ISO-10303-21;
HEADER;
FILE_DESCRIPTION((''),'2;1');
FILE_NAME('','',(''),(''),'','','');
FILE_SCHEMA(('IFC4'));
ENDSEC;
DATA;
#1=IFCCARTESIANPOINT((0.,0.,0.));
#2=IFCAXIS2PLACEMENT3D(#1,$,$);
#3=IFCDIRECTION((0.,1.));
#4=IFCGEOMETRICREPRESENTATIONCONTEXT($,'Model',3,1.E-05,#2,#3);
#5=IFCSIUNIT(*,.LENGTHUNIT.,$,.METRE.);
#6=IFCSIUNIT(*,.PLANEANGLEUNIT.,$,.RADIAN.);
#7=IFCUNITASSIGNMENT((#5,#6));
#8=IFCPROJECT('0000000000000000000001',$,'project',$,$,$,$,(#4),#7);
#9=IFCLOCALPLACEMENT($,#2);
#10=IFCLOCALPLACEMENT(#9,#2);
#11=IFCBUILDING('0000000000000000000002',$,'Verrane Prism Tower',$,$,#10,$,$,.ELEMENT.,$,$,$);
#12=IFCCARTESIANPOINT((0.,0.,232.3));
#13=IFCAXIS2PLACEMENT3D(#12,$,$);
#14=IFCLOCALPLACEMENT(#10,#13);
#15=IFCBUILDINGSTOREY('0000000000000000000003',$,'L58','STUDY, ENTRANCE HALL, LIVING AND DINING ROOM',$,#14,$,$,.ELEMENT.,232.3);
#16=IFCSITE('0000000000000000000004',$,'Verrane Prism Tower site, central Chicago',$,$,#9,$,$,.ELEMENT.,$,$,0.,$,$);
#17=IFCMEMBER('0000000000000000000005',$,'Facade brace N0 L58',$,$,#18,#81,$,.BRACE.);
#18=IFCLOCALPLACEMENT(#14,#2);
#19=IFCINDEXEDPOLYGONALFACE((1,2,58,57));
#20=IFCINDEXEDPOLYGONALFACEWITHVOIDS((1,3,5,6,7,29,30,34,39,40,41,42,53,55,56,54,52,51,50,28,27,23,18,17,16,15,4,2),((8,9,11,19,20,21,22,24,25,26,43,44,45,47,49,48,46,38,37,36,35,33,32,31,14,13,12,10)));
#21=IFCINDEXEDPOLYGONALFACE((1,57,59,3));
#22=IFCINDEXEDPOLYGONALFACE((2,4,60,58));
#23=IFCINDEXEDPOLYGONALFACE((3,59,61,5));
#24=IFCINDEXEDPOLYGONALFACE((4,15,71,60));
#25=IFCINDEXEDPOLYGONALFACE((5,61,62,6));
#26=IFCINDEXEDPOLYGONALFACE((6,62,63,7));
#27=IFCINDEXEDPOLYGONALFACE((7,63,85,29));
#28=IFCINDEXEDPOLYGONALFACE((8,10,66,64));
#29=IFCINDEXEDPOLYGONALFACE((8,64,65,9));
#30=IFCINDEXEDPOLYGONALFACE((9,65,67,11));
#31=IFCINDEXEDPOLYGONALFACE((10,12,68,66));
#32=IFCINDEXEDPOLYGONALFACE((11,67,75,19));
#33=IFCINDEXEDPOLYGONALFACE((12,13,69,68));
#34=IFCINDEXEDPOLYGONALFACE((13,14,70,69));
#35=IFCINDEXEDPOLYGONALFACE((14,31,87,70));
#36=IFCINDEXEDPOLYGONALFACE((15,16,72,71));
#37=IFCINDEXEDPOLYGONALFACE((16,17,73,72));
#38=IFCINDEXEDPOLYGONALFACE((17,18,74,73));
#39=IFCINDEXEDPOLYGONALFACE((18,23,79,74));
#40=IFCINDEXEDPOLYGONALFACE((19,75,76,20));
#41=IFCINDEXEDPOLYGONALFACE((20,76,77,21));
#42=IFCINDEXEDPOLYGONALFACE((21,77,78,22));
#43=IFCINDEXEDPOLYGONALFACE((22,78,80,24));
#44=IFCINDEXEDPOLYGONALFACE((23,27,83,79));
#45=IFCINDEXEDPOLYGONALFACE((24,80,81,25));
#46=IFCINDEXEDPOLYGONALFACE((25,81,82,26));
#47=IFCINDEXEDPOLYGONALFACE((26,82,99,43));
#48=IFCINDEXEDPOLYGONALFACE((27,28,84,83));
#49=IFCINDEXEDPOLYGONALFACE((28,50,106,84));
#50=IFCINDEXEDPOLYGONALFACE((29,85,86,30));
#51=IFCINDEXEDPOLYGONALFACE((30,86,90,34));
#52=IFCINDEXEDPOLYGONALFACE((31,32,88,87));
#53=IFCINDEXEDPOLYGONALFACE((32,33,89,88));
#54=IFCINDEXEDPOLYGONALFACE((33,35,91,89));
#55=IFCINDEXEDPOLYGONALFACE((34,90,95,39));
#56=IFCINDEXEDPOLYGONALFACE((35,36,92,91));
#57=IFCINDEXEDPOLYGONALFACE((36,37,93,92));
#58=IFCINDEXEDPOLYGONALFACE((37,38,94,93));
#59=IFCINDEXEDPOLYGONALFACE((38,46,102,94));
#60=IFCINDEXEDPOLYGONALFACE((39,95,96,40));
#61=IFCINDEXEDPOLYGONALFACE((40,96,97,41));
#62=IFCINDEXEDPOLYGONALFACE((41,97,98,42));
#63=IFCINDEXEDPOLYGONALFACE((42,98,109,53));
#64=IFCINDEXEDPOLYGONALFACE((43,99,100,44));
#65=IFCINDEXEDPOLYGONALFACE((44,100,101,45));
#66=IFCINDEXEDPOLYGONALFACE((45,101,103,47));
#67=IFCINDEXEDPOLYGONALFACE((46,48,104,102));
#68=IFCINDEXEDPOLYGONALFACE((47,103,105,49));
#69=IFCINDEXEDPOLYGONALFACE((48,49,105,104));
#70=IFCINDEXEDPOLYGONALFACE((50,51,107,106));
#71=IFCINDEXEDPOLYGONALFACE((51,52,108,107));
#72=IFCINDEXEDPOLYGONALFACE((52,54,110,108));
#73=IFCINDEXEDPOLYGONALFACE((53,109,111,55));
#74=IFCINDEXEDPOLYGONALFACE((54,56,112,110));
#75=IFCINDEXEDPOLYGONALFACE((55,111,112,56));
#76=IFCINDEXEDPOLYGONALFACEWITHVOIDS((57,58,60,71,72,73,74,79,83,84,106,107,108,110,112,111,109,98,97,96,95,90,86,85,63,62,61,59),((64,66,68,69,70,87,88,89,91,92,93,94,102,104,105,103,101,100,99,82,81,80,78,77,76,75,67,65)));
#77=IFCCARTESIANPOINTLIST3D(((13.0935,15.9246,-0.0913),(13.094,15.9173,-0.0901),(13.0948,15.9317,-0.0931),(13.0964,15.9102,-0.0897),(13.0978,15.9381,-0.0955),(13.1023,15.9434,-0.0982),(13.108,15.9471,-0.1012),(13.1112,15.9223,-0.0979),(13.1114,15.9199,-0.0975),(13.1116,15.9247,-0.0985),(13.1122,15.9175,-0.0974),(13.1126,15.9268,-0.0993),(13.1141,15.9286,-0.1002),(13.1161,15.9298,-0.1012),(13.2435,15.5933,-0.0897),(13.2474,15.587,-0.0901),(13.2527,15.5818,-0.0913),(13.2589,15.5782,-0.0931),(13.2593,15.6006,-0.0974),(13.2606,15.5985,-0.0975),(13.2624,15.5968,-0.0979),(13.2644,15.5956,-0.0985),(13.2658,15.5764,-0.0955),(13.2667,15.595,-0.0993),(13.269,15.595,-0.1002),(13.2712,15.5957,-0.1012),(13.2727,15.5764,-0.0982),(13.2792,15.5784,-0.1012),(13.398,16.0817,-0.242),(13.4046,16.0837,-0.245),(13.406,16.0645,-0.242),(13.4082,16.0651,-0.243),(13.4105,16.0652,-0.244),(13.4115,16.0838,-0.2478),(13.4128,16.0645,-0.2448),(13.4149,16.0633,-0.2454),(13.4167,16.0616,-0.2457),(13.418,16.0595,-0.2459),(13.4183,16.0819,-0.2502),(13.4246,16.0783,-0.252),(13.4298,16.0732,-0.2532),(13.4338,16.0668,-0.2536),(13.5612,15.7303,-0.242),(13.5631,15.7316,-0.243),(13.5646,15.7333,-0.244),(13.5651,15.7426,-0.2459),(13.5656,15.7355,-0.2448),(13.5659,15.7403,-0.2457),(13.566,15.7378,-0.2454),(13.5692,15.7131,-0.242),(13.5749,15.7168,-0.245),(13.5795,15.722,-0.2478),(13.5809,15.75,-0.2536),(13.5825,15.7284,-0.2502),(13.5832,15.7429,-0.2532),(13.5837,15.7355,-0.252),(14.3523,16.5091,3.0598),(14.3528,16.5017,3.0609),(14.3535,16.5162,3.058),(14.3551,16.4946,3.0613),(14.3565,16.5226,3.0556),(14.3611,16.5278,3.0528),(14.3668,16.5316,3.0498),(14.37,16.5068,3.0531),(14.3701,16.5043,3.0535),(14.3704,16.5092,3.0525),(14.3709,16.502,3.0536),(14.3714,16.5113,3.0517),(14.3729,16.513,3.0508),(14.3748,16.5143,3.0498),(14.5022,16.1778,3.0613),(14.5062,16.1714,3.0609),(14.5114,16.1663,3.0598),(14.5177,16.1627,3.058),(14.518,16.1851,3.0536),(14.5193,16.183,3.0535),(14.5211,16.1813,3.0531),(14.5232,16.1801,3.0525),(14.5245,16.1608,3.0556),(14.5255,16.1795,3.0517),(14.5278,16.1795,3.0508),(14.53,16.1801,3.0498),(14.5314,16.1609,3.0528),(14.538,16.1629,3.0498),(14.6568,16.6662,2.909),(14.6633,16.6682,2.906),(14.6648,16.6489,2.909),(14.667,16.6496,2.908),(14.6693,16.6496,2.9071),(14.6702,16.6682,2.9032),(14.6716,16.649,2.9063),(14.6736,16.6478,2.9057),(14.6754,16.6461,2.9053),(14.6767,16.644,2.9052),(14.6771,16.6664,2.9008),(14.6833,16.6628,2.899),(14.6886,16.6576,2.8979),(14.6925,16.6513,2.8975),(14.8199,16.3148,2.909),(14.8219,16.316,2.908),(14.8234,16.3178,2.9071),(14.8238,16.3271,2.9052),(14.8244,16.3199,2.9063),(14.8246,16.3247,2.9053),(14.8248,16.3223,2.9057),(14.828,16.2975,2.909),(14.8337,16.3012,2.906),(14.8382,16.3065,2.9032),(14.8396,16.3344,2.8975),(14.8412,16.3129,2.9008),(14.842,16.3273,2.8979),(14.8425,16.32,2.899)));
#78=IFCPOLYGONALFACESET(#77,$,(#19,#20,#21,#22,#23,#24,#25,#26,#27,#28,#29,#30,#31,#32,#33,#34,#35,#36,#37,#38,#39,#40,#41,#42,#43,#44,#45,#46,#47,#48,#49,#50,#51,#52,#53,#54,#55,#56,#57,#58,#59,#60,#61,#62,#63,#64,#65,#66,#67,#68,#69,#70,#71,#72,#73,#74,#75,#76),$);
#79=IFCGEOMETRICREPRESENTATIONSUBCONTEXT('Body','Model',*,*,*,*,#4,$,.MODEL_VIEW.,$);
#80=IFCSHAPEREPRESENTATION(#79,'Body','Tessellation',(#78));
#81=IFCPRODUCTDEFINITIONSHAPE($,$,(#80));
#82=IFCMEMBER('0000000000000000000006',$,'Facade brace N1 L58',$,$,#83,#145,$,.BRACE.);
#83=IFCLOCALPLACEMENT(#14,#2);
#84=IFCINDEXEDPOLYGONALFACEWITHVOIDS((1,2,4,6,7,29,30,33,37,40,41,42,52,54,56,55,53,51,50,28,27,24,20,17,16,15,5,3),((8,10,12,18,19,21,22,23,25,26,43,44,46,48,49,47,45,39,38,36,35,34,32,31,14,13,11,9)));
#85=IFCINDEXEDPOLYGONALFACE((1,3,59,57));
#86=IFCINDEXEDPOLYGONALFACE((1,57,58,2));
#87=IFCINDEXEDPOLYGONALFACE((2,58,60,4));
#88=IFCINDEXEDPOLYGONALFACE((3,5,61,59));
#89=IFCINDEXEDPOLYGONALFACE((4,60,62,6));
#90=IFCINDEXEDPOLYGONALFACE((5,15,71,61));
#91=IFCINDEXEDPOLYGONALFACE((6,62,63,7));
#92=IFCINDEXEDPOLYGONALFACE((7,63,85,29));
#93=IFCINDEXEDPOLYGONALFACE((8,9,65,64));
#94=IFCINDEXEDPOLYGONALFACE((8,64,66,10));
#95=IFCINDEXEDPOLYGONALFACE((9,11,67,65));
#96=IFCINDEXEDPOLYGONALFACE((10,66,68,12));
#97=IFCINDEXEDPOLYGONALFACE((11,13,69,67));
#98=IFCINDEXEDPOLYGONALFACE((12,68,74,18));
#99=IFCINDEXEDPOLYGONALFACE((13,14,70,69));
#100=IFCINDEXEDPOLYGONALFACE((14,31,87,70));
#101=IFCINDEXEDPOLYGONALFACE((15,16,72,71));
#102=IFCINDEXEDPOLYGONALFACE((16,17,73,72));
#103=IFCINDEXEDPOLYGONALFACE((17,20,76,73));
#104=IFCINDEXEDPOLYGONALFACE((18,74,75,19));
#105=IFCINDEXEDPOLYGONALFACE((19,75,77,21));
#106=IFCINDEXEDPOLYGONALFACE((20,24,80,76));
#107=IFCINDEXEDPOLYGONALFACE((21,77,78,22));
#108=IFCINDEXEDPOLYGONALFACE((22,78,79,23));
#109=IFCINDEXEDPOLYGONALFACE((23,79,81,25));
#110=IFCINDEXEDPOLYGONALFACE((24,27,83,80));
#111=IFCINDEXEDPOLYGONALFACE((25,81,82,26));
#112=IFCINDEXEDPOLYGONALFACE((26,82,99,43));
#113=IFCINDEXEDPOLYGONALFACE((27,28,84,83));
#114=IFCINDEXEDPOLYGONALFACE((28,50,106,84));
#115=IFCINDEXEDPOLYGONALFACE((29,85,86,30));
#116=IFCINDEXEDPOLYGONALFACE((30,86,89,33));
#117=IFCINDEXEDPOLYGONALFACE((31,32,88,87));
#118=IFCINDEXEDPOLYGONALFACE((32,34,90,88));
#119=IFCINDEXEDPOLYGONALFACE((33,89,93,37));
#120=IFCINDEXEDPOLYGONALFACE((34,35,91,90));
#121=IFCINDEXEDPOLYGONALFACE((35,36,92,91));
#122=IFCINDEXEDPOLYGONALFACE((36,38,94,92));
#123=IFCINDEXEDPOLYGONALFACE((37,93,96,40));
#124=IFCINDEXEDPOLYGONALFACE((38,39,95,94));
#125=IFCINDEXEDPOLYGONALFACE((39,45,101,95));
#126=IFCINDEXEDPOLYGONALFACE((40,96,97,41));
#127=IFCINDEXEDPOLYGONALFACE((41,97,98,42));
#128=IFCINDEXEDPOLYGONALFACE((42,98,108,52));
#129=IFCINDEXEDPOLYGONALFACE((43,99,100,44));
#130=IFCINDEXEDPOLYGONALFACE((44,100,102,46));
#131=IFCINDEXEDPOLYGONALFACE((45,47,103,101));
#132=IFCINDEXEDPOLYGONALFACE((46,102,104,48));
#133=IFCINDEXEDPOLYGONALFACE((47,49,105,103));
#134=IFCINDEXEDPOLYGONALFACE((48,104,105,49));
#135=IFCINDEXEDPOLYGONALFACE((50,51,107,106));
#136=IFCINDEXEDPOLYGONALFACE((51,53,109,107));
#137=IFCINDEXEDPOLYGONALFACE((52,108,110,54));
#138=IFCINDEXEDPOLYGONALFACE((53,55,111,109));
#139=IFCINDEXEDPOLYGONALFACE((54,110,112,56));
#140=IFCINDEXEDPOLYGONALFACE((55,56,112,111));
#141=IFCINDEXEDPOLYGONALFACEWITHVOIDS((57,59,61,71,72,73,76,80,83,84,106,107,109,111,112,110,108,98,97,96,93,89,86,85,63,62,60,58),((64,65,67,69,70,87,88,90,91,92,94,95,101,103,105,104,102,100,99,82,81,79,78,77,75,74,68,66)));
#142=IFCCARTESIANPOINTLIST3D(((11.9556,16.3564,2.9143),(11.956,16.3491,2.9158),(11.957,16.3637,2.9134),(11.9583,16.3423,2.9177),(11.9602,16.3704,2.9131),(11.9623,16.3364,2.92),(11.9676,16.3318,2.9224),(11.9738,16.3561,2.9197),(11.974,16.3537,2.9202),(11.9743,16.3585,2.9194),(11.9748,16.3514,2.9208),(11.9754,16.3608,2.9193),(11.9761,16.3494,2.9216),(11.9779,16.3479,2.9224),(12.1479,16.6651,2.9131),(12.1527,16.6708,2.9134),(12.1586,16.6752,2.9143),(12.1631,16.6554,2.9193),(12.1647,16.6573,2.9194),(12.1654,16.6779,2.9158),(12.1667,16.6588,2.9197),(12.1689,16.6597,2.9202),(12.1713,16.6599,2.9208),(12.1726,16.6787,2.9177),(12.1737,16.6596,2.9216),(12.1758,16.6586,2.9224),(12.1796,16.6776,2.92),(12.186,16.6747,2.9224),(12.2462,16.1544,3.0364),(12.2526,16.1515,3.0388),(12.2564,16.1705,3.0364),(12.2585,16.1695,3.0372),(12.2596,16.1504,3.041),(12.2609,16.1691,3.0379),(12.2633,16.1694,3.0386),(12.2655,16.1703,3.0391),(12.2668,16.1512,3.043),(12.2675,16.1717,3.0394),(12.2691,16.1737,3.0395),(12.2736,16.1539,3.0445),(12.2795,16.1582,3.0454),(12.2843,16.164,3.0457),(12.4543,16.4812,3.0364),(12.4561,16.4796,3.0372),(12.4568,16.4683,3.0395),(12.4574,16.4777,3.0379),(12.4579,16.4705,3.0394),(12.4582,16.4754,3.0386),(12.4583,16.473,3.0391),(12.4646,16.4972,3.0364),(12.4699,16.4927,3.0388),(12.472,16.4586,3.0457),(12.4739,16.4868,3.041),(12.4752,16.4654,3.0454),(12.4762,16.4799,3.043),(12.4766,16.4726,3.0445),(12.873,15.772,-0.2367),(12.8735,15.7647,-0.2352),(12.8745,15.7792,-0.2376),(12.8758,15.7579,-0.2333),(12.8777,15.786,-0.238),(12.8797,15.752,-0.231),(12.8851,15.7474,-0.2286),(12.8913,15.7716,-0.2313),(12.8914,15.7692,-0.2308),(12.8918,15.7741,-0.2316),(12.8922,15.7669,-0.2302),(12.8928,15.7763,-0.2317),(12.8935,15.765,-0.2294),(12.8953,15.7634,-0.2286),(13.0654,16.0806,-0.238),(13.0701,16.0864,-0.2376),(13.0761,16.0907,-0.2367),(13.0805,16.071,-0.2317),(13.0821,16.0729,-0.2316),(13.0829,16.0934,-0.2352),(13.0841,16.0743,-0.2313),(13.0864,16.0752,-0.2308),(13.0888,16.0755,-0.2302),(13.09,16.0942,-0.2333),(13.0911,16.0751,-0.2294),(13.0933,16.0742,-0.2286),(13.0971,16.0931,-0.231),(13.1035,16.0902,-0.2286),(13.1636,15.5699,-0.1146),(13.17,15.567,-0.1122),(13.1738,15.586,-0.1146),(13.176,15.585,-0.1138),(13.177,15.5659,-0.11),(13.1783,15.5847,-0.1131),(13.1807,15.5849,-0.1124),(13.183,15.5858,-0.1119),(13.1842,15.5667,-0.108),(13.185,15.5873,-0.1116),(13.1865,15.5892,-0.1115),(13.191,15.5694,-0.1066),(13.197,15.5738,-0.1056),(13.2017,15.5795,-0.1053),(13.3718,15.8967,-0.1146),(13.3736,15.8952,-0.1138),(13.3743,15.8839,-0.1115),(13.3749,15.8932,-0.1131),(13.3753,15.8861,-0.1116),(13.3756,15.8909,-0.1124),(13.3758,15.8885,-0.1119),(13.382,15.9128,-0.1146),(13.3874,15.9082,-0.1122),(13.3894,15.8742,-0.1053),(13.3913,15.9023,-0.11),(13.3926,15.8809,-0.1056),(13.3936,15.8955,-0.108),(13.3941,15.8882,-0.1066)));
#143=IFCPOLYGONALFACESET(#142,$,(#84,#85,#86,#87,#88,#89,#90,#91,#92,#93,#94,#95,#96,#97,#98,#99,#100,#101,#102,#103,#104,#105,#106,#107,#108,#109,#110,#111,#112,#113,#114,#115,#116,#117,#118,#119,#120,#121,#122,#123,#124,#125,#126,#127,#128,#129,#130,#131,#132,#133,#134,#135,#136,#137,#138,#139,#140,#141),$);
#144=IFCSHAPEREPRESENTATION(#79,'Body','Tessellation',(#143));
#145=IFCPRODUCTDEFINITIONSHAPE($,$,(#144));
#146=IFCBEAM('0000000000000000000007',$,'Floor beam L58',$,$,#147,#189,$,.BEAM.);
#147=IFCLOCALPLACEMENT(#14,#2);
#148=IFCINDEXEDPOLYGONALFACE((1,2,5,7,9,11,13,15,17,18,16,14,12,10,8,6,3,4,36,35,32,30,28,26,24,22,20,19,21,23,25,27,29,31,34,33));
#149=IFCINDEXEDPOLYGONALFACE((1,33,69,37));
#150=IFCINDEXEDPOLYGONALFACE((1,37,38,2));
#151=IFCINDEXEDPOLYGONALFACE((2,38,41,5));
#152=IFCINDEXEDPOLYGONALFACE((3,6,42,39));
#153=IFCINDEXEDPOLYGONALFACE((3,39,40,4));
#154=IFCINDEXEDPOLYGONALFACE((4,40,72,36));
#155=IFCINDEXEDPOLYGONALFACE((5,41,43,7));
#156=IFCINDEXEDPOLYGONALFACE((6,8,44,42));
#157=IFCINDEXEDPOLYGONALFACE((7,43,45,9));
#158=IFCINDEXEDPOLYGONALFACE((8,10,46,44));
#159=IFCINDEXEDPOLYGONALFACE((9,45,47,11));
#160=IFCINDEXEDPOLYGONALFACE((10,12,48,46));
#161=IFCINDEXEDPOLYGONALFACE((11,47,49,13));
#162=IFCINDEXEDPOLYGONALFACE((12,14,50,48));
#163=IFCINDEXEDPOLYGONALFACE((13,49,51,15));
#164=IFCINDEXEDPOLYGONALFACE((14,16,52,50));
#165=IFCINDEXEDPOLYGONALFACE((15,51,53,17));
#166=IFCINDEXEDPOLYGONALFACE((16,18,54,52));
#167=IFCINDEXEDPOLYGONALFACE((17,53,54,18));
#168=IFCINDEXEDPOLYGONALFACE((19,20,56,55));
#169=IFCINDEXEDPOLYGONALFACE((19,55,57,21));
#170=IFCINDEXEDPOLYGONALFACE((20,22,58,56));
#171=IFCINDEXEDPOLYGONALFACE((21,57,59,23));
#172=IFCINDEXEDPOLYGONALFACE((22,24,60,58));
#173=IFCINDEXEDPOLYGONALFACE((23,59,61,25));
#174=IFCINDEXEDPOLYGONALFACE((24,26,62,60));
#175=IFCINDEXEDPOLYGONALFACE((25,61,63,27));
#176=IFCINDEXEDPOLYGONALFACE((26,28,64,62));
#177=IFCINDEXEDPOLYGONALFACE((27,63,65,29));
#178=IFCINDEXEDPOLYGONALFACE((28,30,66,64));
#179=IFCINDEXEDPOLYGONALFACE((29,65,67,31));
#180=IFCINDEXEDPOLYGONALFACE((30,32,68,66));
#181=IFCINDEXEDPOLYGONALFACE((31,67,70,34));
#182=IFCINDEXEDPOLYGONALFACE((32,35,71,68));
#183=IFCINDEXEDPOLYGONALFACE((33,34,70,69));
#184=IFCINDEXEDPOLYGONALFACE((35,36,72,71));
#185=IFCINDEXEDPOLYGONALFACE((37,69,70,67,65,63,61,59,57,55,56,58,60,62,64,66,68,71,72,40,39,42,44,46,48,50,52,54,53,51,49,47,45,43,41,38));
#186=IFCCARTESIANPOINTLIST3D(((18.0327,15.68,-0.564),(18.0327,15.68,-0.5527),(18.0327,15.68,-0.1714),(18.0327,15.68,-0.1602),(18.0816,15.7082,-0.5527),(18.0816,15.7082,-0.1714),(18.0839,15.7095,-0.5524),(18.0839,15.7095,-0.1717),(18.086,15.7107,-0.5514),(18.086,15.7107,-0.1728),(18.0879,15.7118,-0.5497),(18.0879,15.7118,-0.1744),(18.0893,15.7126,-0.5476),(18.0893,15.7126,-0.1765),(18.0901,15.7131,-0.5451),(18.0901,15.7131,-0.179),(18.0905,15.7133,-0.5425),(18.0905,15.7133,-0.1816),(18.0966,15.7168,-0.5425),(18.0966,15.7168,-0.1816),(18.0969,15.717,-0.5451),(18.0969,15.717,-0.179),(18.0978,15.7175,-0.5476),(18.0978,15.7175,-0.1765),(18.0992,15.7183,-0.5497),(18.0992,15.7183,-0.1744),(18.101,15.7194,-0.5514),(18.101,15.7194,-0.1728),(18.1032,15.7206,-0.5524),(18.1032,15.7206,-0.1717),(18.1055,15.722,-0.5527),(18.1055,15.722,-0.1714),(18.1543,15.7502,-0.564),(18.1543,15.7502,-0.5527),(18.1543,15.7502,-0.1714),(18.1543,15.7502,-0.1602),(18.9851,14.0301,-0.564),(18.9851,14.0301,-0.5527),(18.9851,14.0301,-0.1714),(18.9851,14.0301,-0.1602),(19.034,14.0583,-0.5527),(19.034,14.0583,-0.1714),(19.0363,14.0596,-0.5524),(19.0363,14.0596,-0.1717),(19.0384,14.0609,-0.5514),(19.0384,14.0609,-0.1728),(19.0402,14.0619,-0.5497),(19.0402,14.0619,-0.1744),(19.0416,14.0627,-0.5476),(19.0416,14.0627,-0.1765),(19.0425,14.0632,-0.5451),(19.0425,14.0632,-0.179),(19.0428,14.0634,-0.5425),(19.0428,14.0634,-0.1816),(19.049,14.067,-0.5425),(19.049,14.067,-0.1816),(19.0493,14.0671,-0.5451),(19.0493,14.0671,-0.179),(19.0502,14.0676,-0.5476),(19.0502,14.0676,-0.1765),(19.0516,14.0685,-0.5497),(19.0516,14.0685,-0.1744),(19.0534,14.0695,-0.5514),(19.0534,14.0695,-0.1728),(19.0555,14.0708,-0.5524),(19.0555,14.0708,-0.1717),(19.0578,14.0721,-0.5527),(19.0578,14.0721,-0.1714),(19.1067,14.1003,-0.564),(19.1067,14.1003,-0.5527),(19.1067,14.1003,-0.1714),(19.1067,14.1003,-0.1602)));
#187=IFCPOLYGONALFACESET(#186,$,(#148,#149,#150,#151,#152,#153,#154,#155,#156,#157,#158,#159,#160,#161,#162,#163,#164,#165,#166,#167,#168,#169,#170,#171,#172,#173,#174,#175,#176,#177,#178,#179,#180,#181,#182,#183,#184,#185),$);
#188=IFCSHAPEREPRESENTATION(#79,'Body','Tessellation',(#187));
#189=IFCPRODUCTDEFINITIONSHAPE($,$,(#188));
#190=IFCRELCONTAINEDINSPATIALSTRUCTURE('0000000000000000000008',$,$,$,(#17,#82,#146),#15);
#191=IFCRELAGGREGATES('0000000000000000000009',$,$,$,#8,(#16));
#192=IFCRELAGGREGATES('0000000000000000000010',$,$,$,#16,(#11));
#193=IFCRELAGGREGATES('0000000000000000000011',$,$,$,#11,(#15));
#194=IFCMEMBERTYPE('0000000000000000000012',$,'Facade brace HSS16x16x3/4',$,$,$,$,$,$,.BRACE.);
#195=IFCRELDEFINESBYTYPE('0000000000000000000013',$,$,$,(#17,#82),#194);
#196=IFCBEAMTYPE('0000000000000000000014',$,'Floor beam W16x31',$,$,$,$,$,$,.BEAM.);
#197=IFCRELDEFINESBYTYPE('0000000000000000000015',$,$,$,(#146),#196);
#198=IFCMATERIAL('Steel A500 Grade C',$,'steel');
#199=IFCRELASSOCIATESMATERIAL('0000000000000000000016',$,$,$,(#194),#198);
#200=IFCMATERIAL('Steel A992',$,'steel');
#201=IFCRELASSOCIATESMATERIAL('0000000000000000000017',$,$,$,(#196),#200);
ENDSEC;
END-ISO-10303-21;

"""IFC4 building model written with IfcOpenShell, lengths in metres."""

from ifc_helpers import new_model, si_unit, direction, frame, origin, origin_2d, place, context, subcontext, project, spatial, hollow_rectangle, i_section, extrude, material, material_profile, profile_set, type_object, element, save


model = new_model("IFC4")

# Units and contexts
model_context = context("Model", 3, precision=1e-05, world=origin(), true_north=direction((0.0, 1.0)))
body_context = subcontext(model_context, "Body", "Model", "MODEL_VIEW")
ifc_project = project(units=[si_unit("LENGTHUNIT", "METRE"), si_unit("PLANEANGLEUNIT", "RADIAN")], contexts=[model_context])

# Site, building, storey
site_placement = place(None, origin())
site = spatial("IfcSite", under=ifc_project, at=site_placement, Name="Verrane Prism Tower site, central Chicago", CompositionType="ELEMENT", RefElevation=0.0)
building_placement = place(site_placement, origin())
building = spatial("IfcBuilding", under=site, at=building_placement, Name="Verrane Prism Tower", CompositionType="ELEMENT")
storey_placement = place(building_placement, frame((0.0, 0.0, 232.3)))
storey = spatial("IfcBuildingStorey", under=building, at=storey_placement, Name="L58", Description="STUDY, ENTRANCE HALL, LIVING AND DINING ROOM", CompositionType="ELEMENT", Elevation=232.3)

# Members
ifc_material_1 = material(Name="Steel A500 Grade C", Category="steel")
ifc_material_profile_1 = material_profile(ifc_material_1, hollow_rectangle(XDim=0.4065, YDim=0.4065, WallThickness=0.019, InnerFilletRadius=0.0095, OuterFilletRadius=0.0286, at=origin_2d()), Name="HSS16x16x3/4")
ifc_profile_set_1 = profile_set([ifc_material_profile_1], Name="Steel A500 Grade C")
member_type_1 = type_object("IfcMemberType", Name="Facade brace HSS16x16x3/4", PredefinedType="BRACE", material=ifc_profile_set_1)
member_1_placement = place(storey_placement, frame((13.3386, 15.8301, -0.1716), z_axis=(0.365585, 0.169746, 0.915169), x_axis=(-0.421132, 0.906999, 0.0)))
element("IfcMember", 1, at=member_1_placement, inside=storey, type_object=member_type_1, Name="Facade brace N0 L58", PredefinedType="BRACE", context=body_context, shape_type="SweptSolid", body=[
    extrude(hollow_rectangle(XDim=0.4065, YDim=0.4065, WallThickness=0.019, InnerFilletRadius=0.0095, OuterFilletRadius=0.0286, at=origin_2d()), origin(), (0.0, 0.0, 1.0), 3.4431),
])
member_2_placement = place(storey_placement, frame((13.1335, 15.8301, -0.1716), z_axis=(-0.275221, 0.175327, 0.945258), x_axis=(-0.537282, -0.843403, 0.0)))
element("IfcMember", 2, at=member_2_placement, inside=storey, type_object=member_type_1, Name="Facade brace N1 L58", PredefinedType="BRACE", context=body_context, shape_type="SweptSolid", body=[
    extrude(hollow_rectangle(XDim=0.4065, YDim=0.4065, WallThickness=0.019, InnerFilletRadius=0.0095, OuterFilletRadius=0.0286, at=origin_2d()), origin(), (0.0, 0.0, 1.0), 3.3335),
])

# Beam
ifc_material_2 = material(Name="Steel A992", Category="steel")
ifc_material_profile_2 = material_profile(ifc_material_2, i_section(OverallWidth=0.1404, OverallDepth=0.4038, WebThickness=0.0071, FlangeThickness=0.0112, FilletRadius=0.0103, at=origin_2d()), Name="W16x31")
ifc_profile_set_2 = profile_set([ifc_material_profile_2], Name="Steel A992")
beam_type_1 = type_object("IfcBeamType", Name="Floor beam W16x31", PredefinedType="BEAM", material=ifc_profile_set_2)
beam_1_placement = place(storey_placement, frame((19.0459, 14.0652, -0.3621), z_axis=(-0.49993, 0.866066, 0.0), x_axis=(-0.866066, -0.49993, 0.0)))
element("IfcBeam", 3, at=beam_1_placement, inside=storey, type_object=beam_type_1, Name="Floor beam L58", PredefinedType="BEAM", context=body_context, shape_type="SweptSolid", body=[
    extrude(i_section(OverallWidth=0.1404, OverallDepth=0.4038, WebThickness=0.0071, FlangeThickness=0.0112, FilletRadius=0.0103, at=origin_2d()), origin(), (0.0, 0.0, 1.0), 1.905),
])

save(model, "model.ifc")
